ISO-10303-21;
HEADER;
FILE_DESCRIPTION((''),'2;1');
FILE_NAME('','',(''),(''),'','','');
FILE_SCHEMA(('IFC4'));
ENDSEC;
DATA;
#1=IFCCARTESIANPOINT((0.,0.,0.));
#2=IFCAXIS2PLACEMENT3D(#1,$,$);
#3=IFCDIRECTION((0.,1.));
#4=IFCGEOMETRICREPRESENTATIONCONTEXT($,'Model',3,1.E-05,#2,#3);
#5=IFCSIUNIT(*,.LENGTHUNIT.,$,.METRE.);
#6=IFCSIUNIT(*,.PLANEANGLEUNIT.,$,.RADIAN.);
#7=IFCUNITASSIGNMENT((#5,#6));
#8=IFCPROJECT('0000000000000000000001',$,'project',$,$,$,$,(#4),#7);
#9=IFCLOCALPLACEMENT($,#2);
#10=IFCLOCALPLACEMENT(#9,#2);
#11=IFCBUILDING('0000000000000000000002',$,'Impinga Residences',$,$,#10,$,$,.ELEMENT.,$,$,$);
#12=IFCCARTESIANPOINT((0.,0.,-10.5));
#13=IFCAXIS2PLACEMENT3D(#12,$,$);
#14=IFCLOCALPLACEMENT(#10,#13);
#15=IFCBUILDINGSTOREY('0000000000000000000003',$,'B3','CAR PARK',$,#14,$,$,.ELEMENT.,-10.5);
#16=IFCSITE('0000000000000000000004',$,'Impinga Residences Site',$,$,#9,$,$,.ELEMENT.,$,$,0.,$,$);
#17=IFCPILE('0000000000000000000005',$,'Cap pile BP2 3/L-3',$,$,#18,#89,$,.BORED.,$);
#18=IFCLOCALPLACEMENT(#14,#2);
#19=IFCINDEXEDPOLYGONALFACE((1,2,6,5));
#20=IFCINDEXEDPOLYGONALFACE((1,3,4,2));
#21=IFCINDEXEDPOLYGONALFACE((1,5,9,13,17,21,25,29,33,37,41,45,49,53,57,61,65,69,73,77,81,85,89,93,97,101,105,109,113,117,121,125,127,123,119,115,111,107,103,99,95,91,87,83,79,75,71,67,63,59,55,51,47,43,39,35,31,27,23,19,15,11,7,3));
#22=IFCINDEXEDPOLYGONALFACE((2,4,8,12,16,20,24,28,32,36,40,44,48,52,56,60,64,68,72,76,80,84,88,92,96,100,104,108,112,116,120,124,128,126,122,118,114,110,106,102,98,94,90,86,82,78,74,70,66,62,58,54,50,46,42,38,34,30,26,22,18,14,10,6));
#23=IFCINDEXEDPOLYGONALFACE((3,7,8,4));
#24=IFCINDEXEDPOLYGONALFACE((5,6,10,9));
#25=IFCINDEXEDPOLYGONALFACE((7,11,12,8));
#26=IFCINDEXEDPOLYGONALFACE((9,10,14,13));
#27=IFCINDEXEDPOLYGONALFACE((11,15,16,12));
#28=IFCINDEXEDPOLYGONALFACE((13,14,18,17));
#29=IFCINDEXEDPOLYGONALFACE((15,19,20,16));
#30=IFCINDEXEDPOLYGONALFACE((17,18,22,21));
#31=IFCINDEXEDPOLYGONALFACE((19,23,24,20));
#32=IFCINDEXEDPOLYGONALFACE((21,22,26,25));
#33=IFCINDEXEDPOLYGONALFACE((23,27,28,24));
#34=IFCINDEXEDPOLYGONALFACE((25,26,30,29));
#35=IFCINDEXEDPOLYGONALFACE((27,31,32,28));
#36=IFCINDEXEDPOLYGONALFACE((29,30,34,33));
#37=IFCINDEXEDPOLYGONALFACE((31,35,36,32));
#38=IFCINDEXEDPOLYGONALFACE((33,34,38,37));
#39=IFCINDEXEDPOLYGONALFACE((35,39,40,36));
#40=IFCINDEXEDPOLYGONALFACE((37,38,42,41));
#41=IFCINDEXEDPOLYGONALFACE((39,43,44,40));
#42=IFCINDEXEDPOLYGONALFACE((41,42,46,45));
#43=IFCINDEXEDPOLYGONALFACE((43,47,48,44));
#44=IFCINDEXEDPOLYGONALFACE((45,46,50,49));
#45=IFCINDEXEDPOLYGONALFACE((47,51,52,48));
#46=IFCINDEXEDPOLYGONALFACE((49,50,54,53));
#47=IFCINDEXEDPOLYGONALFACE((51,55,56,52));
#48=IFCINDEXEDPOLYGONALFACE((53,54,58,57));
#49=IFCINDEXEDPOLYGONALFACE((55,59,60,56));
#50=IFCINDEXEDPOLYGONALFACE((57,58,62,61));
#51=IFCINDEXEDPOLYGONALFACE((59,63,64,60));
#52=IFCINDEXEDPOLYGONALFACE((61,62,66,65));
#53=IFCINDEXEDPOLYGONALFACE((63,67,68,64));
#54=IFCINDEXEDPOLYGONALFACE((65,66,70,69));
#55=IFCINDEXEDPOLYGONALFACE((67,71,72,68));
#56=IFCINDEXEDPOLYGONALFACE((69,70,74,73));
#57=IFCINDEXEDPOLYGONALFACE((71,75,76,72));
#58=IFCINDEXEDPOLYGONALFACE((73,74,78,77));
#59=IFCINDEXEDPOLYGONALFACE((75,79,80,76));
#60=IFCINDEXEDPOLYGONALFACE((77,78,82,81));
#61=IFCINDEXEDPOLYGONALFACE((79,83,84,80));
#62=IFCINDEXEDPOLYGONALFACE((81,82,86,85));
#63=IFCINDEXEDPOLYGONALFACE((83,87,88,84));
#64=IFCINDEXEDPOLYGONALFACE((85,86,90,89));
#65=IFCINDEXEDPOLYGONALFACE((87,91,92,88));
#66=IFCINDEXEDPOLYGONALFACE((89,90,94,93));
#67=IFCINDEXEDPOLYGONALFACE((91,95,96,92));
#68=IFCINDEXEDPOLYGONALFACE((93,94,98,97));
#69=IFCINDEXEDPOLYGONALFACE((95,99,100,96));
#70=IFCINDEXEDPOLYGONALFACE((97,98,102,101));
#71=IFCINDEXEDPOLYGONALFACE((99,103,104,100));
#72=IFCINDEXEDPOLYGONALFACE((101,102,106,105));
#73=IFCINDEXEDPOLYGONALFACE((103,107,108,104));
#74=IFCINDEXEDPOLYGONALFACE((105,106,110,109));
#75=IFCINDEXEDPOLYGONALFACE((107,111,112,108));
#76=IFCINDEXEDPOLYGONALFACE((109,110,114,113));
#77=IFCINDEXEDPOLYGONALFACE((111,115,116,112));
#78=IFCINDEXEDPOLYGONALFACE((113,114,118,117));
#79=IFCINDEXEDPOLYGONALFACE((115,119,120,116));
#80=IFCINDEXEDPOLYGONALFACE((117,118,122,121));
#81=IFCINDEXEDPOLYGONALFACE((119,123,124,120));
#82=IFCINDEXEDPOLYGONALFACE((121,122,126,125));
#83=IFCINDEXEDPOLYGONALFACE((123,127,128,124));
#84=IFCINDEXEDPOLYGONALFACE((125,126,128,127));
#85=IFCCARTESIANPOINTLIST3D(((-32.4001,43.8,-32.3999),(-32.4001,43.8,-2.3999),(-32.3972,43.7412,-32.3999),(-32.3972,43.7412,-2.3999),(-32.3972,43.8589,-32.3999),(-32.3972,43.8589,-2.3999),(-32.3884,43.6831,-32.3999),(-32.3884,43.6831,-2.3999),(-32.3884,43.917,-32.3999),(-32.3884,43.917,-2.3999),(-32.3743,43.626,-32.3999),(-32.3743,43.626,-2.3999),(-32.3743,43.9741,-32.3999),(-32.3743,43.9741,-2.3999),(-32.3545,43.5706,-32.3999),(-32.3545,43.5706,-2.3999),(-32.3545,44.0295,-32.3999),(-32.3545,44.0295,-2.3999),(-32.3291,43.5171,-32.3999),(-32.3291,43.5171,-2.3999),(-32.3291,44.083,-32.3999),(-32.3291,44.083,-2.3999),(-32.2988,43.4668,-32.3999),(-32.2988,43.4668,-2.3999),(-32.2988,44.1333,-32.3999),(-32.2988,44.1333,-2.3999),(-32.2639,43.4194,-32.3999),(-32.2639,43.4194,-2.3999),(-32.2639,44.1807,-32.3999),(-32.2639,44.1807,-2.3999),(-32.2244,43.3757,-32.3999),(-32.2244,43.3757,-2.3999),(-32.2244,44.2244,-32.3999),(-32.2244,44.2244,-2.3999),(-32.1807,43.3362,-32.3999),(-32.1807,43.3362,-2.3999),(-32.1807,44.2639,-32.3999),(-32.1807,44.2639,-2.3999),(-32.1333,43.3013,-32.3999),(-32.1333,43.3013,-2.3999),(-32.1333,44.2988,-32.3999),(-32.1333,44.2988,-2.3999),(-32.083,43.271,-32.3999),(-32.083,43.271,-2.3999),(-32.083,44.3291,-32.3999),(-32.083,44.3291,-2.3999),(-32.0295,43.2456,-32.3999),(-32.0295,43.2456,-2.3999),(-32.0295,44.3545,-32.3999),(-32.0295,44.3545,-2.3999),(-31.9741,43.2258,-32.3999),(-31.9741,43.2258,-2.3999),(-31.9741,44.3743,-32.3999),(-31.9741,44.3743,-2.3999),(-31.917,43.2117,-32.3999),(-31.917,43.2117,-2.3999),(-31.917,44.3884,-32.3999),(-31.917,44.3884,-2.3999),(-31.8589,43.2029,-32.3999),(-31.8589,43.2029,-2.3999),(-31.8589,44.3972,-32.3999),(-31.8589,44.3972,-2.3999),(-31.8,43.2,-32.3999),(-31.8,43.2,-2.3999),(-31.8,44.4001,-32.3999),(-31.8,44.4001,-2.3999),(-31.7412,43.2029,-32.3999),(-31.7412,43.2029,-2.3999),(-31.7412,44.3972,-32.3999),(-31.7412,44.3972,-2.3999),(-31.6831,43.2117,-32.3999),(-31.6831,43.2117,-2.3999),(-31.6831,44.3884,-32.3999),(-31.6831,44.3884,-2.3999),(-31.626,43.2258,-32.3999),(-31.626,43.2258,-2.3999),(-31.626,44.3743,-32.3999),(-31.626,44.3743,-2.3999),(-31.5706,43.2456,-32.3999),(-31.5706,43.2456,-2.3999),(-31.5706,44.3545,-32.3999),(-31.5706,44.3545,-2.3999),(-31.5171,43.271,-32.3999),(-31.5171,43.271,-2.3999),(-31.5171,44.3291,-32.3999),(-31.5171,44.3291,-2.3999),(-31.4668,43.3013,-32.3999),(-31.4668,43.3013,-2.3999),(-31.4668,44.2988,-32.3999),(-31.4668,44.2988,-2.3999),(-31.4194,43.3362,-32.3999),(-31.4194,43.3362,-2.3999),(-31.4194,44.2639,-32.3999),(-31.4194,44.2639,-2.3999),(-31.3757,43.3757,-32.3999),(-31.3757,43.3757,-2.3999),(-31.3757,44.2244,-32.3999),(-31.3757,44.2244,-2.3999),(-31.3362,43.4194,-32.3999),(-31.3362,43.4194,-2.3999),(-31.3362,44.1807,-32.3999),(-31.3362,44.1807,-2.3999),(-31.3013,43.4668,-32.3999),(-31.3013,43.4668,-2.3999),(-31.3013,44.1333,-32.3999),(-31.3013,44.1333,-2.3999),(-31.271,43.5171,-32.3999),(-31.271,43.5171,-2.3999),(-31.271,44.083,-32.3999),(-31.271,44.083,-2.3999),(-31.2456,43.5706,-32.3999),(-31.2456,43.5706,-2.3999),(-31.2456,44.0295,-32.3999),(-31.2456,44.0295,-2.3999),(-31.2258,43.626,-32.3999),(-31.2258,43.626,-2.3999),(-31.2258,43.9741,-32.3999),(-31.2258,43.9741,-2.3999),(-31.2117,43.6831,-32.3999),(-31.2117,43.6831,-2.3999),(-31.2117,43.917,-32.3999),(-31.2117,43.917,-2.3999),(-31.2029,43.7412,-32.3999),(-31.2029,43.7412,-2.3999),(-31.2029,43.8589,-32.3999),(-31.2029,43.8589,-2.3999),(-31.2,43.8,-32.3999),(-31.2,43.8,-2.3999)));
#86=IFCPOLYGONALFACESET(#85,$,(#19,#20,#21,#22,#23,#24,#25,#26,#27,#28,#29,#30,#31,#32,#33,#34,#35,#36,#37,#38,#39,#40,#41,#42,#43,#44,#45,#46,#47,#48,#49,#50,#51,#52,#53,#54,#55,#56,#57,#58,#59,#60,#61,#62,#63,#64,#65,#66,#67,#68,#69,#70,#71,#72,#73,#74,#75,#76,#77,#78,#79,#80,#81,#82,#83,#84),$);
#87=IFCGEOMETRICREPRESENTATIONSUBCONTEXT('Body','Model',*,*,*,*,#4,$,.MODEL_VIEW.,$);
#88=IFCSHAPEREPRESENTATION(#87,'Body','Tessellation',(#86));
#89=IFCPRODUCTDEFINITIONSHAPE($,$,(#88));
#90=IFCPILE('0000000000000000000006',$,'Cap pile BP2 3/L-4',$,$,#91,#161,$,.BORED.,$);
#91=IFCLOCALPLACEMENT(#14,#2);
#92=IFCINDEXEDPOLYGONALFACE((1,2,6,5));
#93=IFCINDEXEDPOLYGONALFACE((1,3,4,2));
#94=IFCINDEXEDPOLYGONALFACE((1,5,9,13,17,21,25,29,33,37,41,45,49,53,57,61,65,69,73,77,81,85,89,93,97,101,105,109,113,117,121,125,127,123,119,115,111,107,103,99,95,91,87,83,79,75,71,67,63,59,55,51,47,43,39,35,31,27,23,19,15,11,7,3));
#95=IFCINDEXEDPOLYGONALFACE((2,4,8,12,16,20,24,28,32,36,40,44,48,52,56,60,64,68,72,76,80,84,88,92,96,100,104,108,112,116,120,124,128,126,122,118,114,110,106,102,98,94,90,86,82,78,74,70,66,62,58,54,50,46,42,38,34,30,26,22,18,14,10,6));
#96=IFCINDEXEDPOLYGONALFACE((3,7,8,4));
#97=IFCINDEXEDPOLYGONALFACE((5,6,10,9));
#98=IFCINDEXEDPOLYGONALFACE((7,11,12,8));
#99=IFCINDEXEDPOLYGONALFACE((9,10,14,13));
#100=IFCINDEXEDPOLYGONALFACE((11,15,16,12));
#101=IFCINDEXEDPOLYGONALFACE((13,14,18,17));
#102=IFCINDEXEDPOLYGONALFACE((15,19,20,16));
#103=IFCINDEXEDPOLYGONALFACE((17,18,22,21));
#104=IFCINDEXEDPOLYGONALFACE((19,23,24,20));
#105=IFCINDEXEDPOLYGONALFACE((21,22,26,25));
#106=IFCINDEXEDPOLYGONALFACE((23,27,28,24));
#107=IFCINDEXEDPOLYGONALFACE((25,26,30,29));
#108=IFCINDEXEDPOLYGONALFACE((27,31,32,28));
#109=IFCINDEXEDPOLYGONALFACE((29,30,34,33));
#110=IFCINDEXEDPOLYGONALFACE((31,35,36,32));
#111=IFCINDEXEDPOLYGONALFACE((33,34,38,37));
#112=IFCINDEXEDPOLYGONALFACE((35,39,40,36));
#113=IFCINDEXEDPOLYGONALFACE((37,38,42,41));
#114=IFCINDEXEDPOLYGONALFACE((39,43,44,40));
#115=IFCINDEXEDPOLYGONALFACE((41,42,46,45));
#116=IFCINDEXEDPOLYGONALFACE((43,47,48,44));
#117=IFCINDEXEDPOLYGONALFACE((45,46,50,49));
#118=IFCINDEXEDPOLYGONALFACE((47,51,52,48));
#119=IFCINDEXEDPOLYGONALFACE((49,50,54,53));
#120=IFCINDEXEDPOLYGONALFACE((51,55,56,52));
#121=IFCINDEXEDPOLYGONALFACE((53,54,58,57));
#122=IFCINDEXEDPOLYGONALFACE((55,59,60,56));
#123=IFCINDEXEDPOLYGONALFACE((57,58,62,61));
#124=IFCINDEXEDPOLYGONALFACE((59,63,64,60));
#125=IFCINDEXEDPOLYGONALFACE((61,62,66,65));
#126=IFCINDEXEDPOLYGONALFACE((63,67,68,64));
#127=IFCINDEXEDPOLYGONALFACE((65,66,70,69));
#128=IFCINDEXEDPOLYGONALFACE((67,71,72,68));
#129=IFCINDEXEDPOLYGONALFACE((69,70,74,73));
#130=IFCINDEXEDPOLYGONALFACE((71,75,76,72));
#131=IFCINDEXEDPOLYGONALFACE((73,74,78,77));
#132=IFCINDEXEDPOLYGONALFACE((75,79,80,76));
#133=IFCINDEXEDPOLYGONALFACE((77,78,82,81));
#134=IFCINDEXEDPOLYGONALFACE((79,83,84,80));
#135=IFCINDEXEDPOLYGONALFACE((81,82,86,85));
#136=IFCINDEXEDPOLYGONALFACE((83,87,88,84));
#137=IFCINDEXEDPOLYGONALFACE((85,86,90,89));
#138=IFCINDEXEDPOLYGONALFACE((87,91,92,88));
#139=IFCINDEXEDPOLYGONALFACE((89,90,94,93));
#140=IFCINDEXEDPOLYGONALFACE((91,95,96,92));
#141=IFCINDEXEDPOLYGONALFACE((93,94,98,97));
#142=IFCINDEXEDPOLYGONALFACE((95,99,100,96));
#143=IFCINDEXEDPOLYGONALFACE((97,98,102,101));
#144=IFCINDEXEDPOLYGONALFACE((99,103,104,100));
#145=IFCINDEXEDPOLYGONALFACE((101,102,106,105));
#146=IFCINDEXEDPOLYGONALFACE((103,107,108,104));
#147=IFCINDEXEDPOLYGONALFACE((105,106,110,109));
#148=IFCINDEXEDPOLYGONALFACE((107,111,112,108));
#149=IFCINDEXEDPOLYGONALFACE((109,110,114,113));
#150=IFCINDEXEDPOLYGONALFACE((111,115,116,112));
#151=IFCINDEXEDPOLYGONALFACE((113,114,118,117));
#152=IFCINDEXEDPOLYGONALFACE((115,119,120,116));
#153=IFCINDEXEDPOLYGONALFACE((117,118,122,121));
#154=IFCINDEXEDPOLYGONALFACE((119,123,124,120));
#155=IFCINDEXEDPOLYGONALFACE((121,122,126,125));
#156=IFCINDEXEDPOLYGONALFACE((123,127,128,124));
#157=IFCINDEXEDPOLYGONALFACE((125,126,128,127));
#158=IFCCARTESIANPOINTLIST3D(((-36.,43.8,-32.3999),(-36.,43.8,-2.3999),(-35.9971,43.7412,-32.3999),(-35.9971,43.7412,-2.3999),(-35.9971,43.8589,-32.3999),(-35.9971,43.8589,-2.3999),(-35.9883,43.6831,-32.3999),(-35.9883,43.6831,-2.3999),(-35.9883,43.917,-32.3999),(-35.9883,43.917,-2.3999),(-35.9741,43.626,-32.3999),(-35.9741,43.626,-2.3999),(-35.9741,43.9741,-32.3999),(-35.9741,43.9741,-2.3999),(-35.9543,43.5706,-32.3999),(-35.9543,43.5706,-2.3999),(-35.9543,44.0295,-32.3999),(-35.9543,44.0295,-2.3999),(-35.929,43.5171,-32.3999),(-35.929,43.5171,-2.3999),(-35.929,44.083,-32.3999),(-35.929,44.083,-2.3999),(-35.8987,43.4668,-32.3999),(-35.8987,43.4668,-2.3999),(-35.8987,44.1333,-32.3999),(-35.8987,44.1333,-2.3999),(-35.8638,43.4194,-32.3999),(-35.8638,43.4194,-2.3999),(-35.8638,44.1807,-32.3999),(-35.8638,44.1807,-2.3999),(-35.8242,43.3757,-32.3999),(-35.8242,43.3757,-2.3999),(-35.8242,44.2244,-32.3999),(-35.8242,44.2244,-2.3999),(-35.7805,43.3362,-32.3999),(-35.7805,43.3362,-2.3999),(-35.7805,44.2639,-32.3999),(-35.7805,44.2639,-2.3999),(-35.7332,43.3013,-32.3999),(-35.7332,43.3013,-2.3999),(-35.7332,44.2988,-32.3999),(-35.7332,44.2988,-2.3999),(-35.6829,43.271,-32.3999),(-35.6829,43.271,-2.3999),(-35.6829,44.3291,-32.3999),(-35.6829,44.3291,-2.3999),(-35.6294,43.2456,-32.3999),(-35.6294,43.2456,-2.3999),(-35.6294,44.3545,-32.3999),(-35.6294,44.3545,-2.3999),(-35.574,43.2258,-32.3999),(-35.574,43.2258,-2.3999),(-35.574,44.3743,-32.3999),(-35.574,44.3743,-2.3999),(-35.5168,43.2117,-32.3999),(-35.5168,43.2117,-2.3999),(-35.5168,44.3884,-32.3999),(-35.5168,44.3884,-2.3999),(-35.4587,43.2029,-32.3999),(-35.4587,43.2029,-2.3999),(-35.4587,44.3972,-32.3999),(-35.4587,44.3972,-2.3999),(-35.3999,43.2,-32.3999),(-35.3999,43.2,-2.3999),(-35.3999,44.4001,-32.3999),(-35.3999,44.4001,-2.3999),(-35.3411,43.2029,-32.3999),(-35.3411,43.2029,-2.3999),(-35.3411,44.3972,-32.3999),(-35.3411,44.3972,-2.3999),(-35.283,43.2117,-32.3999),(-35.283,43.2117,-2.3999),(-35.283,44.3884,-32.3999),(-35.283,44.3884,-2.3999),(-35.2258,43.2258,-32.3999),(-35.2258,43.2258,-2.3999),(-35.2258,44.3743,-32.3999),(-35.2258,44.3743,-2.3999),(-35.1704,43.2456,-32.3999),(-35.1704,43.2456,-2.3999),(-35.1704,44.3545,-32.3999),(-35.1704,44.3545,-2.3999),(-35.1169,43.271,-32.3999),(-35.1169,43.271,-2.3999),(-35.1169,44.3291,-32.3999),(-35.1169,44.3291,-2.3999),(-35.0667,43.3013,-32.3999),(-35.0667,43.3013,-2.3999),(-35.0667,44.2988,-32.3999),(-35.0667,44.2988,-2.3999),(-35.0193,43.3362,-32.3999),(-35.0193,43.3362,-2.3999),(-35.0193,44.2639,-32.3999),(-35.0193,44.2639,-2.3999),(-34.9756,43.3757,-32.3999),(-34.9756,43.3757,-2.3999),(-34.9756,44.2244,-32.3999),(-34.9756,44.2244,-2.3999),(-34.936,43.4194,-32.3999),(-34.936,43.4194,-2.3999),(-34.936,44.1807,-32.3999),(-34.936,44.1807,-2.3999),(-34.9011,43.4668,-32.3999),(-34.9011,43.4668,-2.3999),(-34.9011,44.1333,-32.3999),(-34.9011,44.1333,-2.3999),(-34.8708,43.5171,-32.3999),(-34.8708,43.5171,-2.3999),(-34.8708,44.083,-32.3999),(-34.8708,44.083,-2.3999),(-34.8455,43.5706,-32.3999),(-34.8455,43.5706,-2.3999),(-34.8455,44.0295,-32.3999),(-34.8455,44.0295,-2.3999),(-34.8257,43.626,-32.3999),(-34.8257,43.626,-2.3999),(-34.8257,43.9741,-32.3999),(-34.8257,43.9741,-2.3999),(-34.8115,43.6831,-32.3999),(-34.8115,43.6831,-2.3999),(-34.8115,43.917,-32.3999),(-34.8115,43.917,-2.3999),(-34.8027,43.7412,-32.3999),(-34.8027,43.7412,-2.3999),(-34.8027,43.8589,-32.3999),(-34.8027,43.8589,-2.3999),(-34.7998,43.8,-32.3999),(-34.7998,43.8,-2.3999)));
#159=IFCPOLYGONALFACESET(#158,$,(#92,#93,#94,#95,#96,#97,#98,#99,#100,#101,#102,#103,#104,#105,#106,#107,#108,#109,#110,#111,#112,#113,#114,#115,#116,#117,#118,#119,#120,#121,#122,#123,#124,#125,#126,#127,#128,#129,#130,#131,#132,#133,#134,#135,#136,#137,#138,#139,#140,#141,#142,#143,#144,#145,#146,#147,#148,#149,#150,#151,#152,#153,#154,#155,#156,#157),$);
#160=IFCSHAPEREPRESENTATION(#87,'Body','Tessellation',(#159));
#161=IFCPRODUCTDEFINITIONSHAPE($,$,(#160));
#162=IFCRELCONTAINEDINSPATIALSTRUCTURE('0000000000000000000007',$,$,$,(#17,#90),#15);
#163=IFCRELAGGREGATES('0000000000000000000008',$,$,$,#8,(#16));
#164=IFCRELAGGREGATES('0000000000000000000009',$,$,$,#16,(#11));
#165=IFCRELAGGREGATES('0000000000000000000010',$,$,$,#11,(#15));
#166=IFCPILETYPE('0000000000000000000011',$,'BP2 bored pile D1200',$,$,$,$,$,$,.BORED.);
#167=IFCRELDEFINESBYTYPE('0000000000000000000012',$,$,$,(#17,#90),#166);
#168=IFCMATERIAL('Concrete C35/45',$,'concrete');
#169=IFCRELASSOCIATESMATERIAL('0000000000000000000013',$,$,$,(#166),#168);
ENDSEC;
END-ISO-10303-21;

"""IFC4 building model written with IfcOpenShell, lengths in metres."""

from ifc_helpers import new_model, si_unit, direction, frame, origin, origin_2d, place, context, subcontext, project, spatial, polyline, circle, outline, extrude, material, material_profile, profile_set, type_object, element, save


model = new_model("IFC4")

# Units and contexts
model_context = context("Model", 3, precision=1e-05, world=origin(), true_north=direction((0.0, 1.0)))
body_context = subcontext(model_context, "Body", "Model", "MODEL_VIEW")
ifc_project = project(units=[si_unit("LENGTHUNIT", "METRE"), si_unit("PLANEANGLEUNIT", "RADIAN")], contexts=[model_context])

# Site, building, storey
site_placement = place(None, origin())
site = spatial("IfcSite", under=ifc_project, at=site_placement, Name="Impinga Residences Site", CompositionType="ELEMENT", RefElevation=0.0)
building_placement = place(site_placement, origin())
building = spatial("IfcBuilding", under=site, at=building_placement, Name="Impinga Residences", CompositionType="ELEMENT")
storey_placement = place(building_placement, frame((0.0, 0.0, -10.5)))
storey = spatial("IfcBuildingStorey", under=building, at=storey_placement, Name="B3", Description="CAR PARK", CompositionType="ELEMENT", Elevation=-10.5)

# Piles
ifc_material_1 = material(Name="Concrete C35/45", Category="concrete")
ifc_material_profile_1 = material_profile(ifc_material_1, circle(Radius=0.6001, at=origin_2d()), Name="D1200")
ifc_profile_set_1 = profile_set([ifc_material_profile_1], Name="Concrete C35/45")
pile_type = type_object("IfcPileType", Name="BP2 bored pile D1200", PredefinedType="BORED", material=ifc_profile_set_1)
pile_1_placement = place(storey_placement, frame((-31.8, 43.8, -2.3999), z_axis=(0.0, 0.0, -1.0), x_axis=(1.0, 0.0, 0.0)))
element("IfcPile", 1, at=pile_1_placement, inside=storey, type_object=pile_type, Name="Cap pile BP2 3/L-3", PredefinedType="BORED", context=body_context, shape_type="SweptSolid", body=[
    extrude(outline(polyline([(0.6001, 0.0), (0.5972, 0.0588), (0.5884, 0.1169), (0.5742, 0.1741), (0.5544, 0.2295), (0.5291, 0.283), (0.4988, 0.3333), (0.4639, 0.3806), (0.4243, 0.4243), (0.3806, 0.4639), (0.3333, 0.4988), (0.283, 0.5291), (0.2295, 0.5544), (0.1741, 0.5742), (0.1169, 0.5884), (0.0588, 0.5972), (0.0, 0.6001), (-0.0588, 0.5972), (-0.1169, 0.5884), (-0.1741, 0.5742), (-0.2295, 0.5544), (-0.283, 0.5291), (-0.3333, 0.4988), (-0.3806, 0.4639), (-0.4243, 0.4243), (-0.4639, 0.3806), (-0.4988, 0.3333), (-0.5291, 0.283), (-0.5544, 0.2295), (-0.5742, 0.1741), (-0.5884, 0.1169), (-0.5972, 0.0588), (-0.6001, 0.0), (-0.5972, -0.0588), (-0.5884, -0.1169), (-0.5742, -0.1741), (-0.5544, -0.2295), (-0.5291, -0.283), (-0.4988, -0.3333), (-0.4639, -0.3806), (-0.4243, -0.4243), (-0.3806, -0.4639), (-0.3333, -0.4988), (-0.283, -0.5291), (-0.2295, -0.5544), (-0.1741, -0.5742), (-0.1169, -0.5884), (-0.0588, -0.5972), (0.0, -0.6001), (0.0588, -0.5972), (0.1169, -0.5884), (0.1741, -0.5742), (0.2295, -0.5544), (0.283, -0.5291), (0.3333, -0.4988), (0.3806, -0.4639), (0.4243, -0.4243), (0.4639, -0.3806), (0.4988, -0.3333), (0.5291, -0.283), (0.5544, -0.2295), (0.5742, -0.1741), (0.5884, -0.1169), (0.5972, -0.0588), (0.6001, 0.0)])), origin(), (0.0, 0.0, 1.0), 30.0),
])
pile_2_placement = place(storey_placement, frame((-35.3999, 43.8, -2.3999), z_axis=(0.0, 0.0, -1.0), x_axis=(1.0, 0.0, 0.0)))
element("IfcPile", 2, at=pile_2_placement, inside=storey, type_object=pile_type, Name="Cap pile BP2 3/L-4", PredefinedType="BORED", context=body_context, shape_type="SweptSolid", body=[
    extrude(outline(polyline([(0.6001, 0.0), (0.5972, 0.0588), (0.5884, 0.1169), (0.5742, 0.1741), (0.5544, 0.2295), (0.5291, 0.283), (0.4988, 0.3333), (0.4639, 0.3806), (0.4243, 0.4243), (0.3806, 0.4639), (0.3333, 0.4988), (0.283, 0.5291), (0.2295, 0.5544), (0.1741, 0.5742), (0.1169, 0.5884), (0.0588, 0.5972), (0.0, 0.6001), (-0.0588, 0.5972), (-0.1169, 0.5884), (-0.1741, 0.5742), (-0.2295, 0.5544), (-0.283, 0.5291), (-0.3333, 0.4988), (-0.3806, 0.4639), (-0.4243, 0.4243), (-0.4639, 0.3806), (-0.4988, 0.3333), (-0.5291, 0.283), (-0.5544, 0.2295), (-0.5742, 0.1741), (-0.5884, 0.1169), (-0.5972, 0.0588), (-0.6001, 0.0), (-0.5972, -0.0588), (-0.5884, -0.1169), (-0.5742, -0.1741), (-0.5544, -0.2295), (-0.5291, -0.283), (-0.4988, -0.3333), (-0.4639, -0.3806), (-0.4243, -0.4243), (-0.3806, -0.4639), (-0.3333, -0.4988), (-0.283, -0.5291), (-0.2295, -0.5544), (-0.1741, -0.5742), (-0.1169, -0.5884), (-0.0588, -0.5972), (0.0, -0.6001), (0.0588, -0.5972), (0.1169, -0.5884), (0.1741, -0.5742), (0.2295, -0.5544), (0.283, -0.5291), (0.3333, -0.4988), (0.3806, -0.4639), (0.4243, -0.4243), (0.4639, -0.3806), (0.4988, -0.3333), (0.5291, -0.283), (0.5544, -0.2295), (0.5742, -0.1741), (0.5884, -0.1169), (0.5972, -0.0588), (0.6001, 0.0)])), origin(), (0.0, 0.0, 1.0), 30.0),
])

save(model, "model.ifc")
